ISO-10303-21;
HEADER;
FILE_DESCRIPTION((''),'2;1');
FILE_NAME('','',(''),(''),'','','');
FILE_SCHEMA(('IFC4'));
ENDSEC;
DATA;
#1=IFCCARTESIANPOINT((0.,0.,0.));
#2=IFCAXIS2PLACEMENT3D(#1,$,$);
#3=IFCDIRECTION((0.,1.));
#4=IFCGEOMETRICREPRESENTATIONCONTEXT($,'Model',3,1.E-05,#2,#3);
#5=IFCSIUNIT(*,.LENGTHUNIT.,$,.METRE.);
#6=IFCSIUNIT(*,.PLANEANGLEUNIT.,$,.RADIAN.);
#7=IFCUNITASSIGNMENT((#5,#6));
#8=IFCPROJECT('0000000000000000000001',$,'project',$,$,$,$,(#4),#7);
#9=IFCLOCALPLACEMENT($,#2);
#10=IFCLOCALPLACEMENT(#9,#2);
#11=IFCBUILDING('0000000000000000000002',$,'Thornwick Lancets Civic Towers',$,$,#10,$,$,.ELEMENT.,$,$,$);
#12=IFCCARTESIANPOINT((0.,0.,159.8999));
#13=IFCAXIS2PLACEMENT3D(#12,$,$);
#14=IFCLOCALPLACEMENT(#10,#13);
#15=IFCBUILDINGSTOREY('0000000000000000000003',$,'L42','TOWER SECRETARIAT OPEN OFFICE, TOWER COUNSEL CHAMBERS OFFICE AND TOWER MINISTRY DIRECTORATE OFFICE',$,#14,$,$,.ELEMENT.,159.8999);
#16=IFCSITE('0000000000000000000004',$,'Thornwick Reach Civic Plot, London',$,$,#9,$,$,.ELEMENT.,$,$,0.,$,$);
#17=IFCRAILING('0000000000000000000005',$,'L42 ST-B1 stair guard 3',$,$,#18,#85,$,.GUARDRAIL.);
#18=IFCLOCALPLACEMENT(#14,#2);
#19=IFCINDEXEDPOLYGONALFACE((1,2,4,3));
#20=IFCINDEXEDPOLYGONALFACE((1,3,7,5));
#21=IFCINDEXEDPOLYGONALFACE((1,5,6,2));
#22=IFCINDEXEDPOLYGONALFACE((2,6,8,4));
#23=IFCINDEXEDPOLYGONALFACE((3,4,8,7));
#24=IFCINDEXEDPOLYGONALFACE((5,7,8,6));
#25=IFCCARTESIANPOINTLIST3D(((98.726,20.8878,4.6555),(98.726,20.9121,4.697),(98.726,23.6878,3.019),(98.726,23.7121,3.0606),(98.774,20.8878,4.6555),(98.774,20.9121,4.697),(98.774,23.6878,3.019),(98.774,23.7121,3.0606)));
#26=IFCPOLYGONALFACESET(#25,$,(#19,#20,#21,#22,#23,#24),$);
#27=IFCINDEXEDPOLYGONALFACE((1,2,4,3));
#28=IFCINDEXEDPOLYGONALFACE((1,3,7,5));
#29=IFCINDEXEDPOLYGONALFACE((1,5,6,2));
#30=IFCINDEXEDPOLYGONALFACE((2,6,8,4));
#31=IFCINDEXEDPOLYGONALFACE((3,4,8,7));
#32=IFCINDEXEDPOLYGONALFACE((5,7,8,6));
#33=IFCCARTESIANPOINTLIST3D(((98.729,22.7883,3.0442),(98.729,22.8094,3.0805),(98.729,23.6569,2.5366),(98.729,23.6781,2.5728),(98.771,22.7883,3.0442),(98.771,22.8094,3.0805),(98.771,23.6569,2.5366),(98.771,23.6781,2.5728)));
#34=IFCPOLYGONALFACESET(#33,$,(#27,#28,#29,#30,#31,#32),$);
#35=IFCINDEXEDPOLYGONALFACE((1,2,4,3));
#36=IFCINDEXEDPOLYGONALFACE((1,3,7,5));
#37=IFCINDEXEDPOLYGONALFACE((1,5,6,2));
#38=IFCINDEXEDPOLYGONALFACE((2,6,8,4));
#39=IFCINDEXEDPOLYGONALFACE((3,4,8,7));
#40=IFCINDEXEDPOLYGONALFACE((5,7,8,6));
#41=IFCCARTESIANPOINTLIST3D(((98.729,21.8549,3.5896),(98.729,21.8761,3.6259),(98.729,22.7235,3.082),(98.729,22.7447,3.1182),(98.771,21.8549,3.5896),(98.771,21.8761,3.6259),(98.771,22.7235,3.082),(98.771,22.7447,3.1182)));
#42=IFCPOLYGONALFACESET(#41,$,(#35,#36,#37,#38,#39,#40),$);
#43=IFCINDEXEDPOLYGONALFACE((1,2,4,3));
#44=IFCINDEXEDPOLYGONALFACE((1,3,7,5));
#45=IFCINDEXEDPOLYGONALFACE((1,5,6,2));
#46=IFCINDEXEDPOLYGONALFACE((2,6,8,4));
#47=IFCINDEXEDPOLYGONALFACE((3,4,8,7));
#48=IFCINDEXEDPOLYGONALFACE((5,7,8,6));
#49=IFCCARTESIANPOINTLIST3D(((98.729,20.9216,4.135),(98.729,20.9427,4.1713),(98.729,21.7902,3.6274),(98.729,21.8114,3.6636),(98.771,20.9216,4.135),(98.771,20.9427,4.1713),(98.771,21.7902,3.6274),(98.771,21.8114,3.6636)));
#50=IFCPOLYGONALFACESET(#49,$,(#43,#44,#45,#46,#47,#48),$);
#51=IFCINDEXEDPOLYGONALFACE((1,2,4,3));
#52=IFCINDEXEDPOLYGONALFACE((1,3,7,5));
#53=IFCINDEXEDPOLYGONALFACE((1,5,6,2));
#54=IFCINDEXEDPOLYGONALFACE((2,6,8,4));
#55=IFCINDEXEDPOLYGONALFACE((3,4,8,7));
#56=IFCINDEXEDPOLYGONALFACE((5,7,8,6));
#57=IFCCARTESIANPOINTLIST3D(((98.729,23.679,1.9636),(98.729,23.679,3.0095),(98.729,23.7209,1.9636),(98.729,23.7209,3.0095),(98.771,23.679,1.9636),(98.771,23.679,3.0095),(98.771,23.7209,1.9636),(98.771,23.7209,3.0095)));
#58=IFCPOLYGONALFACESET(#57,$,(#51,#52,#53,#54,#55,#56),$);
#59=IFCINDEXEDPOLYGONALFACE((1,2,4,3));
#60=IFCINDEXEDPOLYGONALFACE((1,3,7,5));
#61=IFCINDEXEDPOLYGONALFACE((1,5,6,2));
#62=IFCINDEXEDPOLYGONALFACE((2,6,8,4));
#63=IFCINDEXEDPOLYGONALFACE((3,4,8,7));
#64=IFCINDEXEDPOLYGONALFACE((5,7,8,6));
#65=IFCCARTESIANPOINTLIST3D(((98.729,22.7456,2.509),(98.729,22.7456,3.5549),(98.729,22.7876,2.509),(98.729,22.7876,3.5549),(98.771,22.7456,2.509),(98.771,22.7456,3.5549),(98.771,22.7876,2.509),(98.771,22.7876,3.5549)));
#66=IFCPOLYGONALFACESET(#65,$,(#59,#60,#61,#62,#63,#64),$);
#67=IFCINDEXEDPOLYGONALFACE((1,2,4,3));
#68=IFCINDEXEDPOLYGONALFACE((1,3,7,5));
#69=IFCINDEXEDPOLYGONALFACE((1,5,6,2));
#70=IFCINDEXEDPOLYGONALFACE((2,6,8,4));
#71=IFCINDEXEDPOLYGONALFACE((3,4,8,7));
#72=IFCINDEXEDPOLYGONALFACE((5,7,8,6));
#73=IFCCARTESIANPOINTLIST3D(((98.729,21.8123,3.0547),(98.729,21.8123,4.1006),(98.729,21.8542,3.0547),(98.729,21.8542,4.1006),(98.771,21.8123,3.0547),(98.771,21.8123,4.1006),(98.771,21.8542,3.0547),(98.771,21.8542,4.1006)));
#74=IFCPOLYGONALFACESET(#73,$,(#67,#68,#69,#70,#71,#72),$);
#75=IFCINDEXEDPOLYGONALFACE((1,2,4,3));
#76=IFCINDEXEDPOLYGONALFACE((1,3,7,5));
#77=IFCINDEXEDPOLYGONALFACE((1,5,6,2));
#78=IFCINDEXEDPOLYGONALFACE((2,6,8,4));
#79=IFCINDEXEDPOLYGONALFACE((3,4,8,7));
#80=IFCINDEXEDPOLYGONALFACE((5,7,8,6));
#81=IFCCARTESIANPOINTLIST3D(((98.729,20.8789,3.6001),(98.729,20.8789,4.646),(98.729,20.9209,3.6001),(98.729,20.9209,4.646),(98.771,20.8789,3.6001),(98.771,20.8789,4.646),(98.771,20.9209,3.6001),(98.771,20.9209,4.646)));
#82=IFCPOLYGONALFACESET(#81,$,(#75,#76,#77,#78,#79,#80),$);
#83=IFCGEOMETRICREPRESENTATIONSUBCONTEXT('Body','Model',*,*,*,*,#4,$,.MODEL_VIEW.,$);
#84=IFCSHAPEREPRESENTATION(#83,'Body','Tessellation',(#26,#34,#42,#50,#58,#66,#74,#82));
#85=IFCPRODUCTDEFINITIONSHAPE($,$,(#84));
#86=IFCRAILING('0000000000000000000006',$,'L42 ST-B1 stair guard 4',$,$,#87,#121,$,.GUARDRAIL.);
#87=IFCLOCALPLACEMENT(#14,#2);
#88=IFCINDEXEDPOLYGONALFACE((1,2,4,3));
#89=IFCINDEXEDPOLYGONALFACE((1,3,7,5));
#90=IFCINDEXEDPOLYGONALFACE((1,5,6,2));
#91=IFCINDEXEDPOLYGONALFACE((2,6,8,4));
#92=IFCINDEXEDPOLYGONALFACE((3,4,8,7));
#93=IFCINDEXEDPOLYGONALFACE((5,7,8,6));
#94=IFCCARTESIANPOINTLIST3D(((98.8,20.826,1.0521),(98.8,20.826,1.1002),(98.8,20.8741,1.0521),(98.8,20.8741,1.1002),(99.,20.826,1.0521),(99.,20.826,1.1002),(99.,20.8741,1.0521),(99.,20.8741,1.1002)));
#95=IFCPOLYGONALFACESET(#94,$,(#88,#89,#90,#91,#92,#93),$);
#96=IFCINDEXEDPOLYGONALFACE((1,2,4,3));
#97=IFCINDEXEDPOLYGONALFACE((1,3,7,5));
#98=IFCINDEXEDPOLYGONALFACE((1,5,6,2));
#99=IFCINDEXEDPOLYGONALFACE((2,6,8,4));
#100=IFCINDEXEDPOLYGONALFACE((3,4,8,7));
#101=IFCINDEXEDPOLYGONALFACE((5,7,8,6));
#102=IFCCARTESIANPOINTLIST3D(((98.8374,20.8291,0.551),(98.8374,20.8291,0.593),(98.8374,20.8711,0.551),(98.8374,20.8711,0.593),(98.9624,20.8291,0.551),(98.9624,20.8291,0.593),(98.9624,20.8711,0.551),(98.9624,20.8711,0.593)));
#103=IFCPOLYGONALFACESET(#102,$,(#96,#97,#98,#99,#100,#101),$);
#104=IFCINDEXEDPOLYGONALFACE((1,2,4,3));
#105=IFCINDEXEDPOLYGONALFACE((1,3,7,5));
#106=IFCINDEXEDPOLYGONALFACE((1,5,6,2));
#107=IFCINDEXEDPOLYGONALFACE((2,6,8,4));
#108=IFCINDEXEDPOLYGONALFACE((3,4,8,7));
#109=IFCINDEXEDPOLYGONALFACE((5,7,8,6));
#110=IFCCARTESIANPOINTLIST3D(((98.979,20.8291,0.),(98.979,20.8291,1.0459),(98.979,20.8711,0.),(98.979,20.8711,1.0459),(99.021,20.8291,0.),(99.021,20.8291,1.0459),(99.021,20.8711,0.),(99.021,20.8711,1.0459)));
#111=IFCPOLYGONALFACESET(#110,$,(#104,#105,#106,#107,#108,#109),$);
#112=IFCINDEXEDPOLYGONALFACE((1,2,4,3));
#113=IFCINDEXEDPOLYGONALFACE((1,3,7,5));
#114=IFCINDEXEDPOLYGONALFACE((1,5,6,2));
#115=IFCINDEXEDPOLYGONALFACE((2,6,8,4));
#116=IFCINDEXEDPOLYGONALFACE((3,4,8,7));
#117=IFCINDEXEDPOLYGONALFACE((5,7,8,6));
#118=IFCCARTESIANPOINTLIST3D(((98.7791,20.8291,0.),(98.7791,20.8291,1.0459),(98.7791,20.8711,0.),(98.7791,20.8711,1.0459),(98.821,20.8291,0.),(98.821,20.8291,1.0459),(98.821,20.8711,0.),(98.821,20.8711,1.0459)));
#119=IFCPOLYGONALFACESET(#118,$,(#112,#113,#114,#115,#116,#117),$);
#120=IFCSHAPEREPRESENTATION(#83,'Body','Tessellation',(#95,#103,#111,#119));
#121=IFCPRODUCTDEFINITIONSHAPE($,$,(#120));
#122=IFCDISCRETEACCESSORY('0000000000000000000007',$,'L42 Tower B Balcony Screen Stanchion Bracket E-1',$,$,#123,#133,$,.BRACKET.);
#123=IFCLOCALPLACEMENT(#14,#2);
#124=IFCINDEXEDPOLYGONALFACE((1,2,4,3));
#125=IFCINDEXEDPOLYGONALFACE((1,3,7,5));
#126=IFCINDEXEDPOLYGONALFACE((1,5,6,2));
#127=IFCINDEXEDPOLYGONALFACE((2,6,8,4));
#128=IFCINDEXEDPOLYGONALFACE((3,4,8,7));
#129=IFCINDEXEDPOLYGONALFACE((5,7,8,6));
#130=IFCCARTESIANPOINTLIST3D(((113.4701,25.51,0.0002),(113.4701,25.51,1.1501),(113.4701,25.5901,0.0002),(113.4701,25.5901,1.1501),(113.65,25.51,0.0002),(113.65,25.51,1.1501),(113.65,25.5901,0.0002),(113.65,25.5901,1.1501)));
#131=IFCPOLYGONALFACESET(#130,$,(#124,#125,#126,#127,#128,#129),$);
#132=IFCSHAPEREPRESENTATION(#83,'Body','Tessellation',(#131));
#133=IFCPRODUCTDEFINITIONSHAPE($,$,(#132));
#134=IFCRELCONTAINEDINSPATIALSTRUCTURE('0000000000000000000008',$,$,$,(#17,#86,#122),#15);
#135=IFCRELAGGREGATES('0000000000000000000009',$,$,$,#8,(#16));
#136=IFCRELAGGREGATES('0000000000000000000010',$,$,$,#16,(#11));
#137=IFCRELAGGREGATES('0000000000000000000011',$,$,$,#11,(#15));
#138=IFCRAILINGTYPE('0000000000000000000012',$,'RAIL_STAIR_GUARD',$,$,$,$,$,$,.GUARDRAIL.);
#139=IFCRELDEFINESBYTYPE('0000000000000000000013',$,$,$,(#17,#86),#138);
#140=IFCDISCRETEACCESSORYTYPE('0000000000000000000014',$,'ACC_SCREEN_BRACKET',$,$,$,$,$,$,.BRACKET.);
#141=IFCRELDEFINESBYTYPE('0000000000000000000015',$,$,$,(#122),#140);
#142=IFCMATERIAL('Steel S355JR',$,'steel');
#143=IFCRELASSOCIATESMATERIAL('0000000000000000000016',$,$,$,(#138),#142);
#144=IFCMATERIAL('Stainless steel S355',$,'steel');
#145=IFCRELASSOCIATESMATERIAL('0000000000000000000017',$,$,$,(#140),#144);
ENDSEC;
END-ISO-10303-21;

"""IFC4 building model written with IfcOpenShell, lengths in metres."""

from ifc_helpers import new_model, si_unit, direction, frame, origin, origin_2d, place, context, subcontext, project, spatial, rectangle, extrude, material, type_object, element, save


model = new_model("IFC4")

# Units and contexts
model_context = context("Model", 3, precision=1e-05, world=origin(), true_north=direction((0.0, 1.0)))
body_context = subcontext(model_context, "Body", "Model", "MODEL_VIEW")
ifc_project = project(units=[si_unit("LENGTHUNIT", "METRE"), si_unit("PLANEANGLEUNIT", "RADIAN")], contexts=[model_context])

# Site, building, storey
site_placement = place(None, origin())
site = spatial("IfcSite", under=ifc_project, at=site_placement, Name="Thornwick Reach Civic Plot, London", CompositionType="ELEMENT", RefElevation=0.0)
building_placement = place(site_placement, origin())
building = spatial("IfcBuilding", under=site, at=building_placement, Name="Thornwick Lancets Civic Towers", CompositionType="ELEMENT")
storey_placement = place(building_placement, frame((0.0, 0.0, 159.8999)))
storey = spatial("IfcBuildingStorey", under=building, at=storey_placement, Name="L42", Description="TOWER SECRETARIAT OPEN OFFICE, TOWER COUNSEL CHAMBERS OFFICE AND TOWER MINISTRY DIRECTORATE OFFICE", CompositionType="ELEMENT", Elevation=159.8999)

# Shared definitions
ifc_material_1 = material(Name="Steel S355JR", Category="steel")

# Railings
railing_type_1 = type_object("IfcRailingType", Name="RAIL_STAIR_GUARD", PredefinedType="GUARDRAIL", material=ifc_material_1)
railing_1_placement = place(storey_placement, frame((98.75, 23.7, 1.9636)))
element("IfcRailing", 1, at=railing_1_placement, inside=storey, type_object=railing_type_1, Name="L42 ST-B1 stair guard 3", PredefinedType="GUARDRAIL", context=body_context, shape_type="SweptSolid", body=[
    extrude(rectangle(XDim=0.0481, YDim=0.0481, at=origin_2d()), frame((0.0, 0.0, 1.0762), z_axis=(0.0, -0.863361, 0.504587), x_axis=(1.0, 0.0, 0.0)), (0.0, 0.0, 1.0), 3.2432),
    extrude(rectangle(XDim=0.042, YDim=0.042, at=origin_2d()), frame((0.0, -0.0325, 0.5911), z_axis=(0.0, -0.863361, 0.504587), x_axis=(1.0, 0.0, 0.0)), (0.0, 0.0, 1.0), 1.0061),
    extrude(rectangle(XDim=0.042, YDim=0.042, at=origin_2d()), frame((0.0, -0.9658, 1.1365), z_axis=(0.0, -0.863361, 0.504587), x_axis=(1.0, 0.0, 0.0)), (0.0, 0.0, 1.0), 1.0061),
    extrude(rectangle(XDim=0.042, YDim=0.042, at=origin_2d()), frame((0.0, -1.8992, 1.6819), z_axis=(0.0, -0.863361, 0.504587), x_axis=(1.0, 0.0, 0.0)), (0.0, 0.0, 1.0), 1.0061),
    extrude(rectangle(XDim=0.042, YDim=0.042, at=origin_2d()), origin(), (0.0, 0.0, 1.0), 1.0459),
    extrude(rectangle(XDim=0.042, YDim=0.042, at=origin_2d()), frame((0.0, -0.9333, 0.5454)), (0.0, 0.0, 1.0), 1.0459),
    extrude(rectangle(XDim=0.042, YDim=0.042, at=origin_2d()), frame((0.0, -1.8667, 1.0911)), (0.0, 0.0, 1.0), 1.0459),
    extrude(rectangle(XDim=0.042, YDim=0.042, at=origin_2d()), frame((0.0, -2.8, 1.6365)), (0.0, 0.0, 1.0), 1.0459),
])
railing_2_placement = place(storey_placement, frame((99.0, 20.8501, 0.0)))
element("IfcRailing", 2, at=railing_2_placement, inside=storey, type_object=railing_type_1, Name="L42 ST-B1 stair guard 4", PredefinedType="GUARDRAIL", context=body_context, shape_type="SweptSolid", body=[
    extrude(rectangle(XDim=0.0481, YDim=0.0481, at=origin_2d()), frame((0.0, 0.0, 1.0762), z_axis=(-1.0, 0.0, 0.0), x_axis=(0.0, -1.0, 0.0)), (0.0, 0.0, 1.0), 0.2),
    extrude(rectangle(XDim=0.042, YDim=0.042, at=origin_2d()), frame((-0.0376, 0.0, 0.572), z_axis=(-1.0, 0.0, 0.0), x_axis=(0.0, -1.0, 0.0)), (0.0, 0.0, 1.0), 0.125),
    extrude(rectangle(XDim=0.042, YDim=0.042, at=origin_2d()), origin(), (0.0, 0.0, 1.0), 1.0459),
    extrude(rectangle(XDim=0.042, YDim=0.042, at=origin_2d()), frame((-0.2, 0.0, 0.0)), (0.0, 0.0, 1.0), 1.0459),
])

# Discrete accessory
ifc_material_2 = material(Name="Stainless steel S355", Category="steel")
discrete_accessory_type = type_object("IfcDiscreteAccessoryType", Name="ACC_SCREEN_BRACKET", PredefinedType="BRACKET", material=ifc_material_2)
discrete_accessory_placement = place(storey_placement, frame((113.5601, 25.55, 0.0002), z_axis=(0.0, 0.0, 1.0), x_axis=(0.0, 1.0, 0.0)))
element("IfcDiscreteAccessory", 3, at=discrete_accessory_placement, inside=storey, type_object=discrete_accessory_type, Name="L42 Tower B Balcony Screen Stanchion Bracket E-1", PredefinedType="BRACKET", context=body_context, shape_type="SweptSolid", body=[
    extrude(rectangle(XDim=0.0801, YDim=0.1799, at=origin_2d()), origin(), (0.0, 0.0, 1.0), 1.1499),
])

save(model, "model.ifc")
